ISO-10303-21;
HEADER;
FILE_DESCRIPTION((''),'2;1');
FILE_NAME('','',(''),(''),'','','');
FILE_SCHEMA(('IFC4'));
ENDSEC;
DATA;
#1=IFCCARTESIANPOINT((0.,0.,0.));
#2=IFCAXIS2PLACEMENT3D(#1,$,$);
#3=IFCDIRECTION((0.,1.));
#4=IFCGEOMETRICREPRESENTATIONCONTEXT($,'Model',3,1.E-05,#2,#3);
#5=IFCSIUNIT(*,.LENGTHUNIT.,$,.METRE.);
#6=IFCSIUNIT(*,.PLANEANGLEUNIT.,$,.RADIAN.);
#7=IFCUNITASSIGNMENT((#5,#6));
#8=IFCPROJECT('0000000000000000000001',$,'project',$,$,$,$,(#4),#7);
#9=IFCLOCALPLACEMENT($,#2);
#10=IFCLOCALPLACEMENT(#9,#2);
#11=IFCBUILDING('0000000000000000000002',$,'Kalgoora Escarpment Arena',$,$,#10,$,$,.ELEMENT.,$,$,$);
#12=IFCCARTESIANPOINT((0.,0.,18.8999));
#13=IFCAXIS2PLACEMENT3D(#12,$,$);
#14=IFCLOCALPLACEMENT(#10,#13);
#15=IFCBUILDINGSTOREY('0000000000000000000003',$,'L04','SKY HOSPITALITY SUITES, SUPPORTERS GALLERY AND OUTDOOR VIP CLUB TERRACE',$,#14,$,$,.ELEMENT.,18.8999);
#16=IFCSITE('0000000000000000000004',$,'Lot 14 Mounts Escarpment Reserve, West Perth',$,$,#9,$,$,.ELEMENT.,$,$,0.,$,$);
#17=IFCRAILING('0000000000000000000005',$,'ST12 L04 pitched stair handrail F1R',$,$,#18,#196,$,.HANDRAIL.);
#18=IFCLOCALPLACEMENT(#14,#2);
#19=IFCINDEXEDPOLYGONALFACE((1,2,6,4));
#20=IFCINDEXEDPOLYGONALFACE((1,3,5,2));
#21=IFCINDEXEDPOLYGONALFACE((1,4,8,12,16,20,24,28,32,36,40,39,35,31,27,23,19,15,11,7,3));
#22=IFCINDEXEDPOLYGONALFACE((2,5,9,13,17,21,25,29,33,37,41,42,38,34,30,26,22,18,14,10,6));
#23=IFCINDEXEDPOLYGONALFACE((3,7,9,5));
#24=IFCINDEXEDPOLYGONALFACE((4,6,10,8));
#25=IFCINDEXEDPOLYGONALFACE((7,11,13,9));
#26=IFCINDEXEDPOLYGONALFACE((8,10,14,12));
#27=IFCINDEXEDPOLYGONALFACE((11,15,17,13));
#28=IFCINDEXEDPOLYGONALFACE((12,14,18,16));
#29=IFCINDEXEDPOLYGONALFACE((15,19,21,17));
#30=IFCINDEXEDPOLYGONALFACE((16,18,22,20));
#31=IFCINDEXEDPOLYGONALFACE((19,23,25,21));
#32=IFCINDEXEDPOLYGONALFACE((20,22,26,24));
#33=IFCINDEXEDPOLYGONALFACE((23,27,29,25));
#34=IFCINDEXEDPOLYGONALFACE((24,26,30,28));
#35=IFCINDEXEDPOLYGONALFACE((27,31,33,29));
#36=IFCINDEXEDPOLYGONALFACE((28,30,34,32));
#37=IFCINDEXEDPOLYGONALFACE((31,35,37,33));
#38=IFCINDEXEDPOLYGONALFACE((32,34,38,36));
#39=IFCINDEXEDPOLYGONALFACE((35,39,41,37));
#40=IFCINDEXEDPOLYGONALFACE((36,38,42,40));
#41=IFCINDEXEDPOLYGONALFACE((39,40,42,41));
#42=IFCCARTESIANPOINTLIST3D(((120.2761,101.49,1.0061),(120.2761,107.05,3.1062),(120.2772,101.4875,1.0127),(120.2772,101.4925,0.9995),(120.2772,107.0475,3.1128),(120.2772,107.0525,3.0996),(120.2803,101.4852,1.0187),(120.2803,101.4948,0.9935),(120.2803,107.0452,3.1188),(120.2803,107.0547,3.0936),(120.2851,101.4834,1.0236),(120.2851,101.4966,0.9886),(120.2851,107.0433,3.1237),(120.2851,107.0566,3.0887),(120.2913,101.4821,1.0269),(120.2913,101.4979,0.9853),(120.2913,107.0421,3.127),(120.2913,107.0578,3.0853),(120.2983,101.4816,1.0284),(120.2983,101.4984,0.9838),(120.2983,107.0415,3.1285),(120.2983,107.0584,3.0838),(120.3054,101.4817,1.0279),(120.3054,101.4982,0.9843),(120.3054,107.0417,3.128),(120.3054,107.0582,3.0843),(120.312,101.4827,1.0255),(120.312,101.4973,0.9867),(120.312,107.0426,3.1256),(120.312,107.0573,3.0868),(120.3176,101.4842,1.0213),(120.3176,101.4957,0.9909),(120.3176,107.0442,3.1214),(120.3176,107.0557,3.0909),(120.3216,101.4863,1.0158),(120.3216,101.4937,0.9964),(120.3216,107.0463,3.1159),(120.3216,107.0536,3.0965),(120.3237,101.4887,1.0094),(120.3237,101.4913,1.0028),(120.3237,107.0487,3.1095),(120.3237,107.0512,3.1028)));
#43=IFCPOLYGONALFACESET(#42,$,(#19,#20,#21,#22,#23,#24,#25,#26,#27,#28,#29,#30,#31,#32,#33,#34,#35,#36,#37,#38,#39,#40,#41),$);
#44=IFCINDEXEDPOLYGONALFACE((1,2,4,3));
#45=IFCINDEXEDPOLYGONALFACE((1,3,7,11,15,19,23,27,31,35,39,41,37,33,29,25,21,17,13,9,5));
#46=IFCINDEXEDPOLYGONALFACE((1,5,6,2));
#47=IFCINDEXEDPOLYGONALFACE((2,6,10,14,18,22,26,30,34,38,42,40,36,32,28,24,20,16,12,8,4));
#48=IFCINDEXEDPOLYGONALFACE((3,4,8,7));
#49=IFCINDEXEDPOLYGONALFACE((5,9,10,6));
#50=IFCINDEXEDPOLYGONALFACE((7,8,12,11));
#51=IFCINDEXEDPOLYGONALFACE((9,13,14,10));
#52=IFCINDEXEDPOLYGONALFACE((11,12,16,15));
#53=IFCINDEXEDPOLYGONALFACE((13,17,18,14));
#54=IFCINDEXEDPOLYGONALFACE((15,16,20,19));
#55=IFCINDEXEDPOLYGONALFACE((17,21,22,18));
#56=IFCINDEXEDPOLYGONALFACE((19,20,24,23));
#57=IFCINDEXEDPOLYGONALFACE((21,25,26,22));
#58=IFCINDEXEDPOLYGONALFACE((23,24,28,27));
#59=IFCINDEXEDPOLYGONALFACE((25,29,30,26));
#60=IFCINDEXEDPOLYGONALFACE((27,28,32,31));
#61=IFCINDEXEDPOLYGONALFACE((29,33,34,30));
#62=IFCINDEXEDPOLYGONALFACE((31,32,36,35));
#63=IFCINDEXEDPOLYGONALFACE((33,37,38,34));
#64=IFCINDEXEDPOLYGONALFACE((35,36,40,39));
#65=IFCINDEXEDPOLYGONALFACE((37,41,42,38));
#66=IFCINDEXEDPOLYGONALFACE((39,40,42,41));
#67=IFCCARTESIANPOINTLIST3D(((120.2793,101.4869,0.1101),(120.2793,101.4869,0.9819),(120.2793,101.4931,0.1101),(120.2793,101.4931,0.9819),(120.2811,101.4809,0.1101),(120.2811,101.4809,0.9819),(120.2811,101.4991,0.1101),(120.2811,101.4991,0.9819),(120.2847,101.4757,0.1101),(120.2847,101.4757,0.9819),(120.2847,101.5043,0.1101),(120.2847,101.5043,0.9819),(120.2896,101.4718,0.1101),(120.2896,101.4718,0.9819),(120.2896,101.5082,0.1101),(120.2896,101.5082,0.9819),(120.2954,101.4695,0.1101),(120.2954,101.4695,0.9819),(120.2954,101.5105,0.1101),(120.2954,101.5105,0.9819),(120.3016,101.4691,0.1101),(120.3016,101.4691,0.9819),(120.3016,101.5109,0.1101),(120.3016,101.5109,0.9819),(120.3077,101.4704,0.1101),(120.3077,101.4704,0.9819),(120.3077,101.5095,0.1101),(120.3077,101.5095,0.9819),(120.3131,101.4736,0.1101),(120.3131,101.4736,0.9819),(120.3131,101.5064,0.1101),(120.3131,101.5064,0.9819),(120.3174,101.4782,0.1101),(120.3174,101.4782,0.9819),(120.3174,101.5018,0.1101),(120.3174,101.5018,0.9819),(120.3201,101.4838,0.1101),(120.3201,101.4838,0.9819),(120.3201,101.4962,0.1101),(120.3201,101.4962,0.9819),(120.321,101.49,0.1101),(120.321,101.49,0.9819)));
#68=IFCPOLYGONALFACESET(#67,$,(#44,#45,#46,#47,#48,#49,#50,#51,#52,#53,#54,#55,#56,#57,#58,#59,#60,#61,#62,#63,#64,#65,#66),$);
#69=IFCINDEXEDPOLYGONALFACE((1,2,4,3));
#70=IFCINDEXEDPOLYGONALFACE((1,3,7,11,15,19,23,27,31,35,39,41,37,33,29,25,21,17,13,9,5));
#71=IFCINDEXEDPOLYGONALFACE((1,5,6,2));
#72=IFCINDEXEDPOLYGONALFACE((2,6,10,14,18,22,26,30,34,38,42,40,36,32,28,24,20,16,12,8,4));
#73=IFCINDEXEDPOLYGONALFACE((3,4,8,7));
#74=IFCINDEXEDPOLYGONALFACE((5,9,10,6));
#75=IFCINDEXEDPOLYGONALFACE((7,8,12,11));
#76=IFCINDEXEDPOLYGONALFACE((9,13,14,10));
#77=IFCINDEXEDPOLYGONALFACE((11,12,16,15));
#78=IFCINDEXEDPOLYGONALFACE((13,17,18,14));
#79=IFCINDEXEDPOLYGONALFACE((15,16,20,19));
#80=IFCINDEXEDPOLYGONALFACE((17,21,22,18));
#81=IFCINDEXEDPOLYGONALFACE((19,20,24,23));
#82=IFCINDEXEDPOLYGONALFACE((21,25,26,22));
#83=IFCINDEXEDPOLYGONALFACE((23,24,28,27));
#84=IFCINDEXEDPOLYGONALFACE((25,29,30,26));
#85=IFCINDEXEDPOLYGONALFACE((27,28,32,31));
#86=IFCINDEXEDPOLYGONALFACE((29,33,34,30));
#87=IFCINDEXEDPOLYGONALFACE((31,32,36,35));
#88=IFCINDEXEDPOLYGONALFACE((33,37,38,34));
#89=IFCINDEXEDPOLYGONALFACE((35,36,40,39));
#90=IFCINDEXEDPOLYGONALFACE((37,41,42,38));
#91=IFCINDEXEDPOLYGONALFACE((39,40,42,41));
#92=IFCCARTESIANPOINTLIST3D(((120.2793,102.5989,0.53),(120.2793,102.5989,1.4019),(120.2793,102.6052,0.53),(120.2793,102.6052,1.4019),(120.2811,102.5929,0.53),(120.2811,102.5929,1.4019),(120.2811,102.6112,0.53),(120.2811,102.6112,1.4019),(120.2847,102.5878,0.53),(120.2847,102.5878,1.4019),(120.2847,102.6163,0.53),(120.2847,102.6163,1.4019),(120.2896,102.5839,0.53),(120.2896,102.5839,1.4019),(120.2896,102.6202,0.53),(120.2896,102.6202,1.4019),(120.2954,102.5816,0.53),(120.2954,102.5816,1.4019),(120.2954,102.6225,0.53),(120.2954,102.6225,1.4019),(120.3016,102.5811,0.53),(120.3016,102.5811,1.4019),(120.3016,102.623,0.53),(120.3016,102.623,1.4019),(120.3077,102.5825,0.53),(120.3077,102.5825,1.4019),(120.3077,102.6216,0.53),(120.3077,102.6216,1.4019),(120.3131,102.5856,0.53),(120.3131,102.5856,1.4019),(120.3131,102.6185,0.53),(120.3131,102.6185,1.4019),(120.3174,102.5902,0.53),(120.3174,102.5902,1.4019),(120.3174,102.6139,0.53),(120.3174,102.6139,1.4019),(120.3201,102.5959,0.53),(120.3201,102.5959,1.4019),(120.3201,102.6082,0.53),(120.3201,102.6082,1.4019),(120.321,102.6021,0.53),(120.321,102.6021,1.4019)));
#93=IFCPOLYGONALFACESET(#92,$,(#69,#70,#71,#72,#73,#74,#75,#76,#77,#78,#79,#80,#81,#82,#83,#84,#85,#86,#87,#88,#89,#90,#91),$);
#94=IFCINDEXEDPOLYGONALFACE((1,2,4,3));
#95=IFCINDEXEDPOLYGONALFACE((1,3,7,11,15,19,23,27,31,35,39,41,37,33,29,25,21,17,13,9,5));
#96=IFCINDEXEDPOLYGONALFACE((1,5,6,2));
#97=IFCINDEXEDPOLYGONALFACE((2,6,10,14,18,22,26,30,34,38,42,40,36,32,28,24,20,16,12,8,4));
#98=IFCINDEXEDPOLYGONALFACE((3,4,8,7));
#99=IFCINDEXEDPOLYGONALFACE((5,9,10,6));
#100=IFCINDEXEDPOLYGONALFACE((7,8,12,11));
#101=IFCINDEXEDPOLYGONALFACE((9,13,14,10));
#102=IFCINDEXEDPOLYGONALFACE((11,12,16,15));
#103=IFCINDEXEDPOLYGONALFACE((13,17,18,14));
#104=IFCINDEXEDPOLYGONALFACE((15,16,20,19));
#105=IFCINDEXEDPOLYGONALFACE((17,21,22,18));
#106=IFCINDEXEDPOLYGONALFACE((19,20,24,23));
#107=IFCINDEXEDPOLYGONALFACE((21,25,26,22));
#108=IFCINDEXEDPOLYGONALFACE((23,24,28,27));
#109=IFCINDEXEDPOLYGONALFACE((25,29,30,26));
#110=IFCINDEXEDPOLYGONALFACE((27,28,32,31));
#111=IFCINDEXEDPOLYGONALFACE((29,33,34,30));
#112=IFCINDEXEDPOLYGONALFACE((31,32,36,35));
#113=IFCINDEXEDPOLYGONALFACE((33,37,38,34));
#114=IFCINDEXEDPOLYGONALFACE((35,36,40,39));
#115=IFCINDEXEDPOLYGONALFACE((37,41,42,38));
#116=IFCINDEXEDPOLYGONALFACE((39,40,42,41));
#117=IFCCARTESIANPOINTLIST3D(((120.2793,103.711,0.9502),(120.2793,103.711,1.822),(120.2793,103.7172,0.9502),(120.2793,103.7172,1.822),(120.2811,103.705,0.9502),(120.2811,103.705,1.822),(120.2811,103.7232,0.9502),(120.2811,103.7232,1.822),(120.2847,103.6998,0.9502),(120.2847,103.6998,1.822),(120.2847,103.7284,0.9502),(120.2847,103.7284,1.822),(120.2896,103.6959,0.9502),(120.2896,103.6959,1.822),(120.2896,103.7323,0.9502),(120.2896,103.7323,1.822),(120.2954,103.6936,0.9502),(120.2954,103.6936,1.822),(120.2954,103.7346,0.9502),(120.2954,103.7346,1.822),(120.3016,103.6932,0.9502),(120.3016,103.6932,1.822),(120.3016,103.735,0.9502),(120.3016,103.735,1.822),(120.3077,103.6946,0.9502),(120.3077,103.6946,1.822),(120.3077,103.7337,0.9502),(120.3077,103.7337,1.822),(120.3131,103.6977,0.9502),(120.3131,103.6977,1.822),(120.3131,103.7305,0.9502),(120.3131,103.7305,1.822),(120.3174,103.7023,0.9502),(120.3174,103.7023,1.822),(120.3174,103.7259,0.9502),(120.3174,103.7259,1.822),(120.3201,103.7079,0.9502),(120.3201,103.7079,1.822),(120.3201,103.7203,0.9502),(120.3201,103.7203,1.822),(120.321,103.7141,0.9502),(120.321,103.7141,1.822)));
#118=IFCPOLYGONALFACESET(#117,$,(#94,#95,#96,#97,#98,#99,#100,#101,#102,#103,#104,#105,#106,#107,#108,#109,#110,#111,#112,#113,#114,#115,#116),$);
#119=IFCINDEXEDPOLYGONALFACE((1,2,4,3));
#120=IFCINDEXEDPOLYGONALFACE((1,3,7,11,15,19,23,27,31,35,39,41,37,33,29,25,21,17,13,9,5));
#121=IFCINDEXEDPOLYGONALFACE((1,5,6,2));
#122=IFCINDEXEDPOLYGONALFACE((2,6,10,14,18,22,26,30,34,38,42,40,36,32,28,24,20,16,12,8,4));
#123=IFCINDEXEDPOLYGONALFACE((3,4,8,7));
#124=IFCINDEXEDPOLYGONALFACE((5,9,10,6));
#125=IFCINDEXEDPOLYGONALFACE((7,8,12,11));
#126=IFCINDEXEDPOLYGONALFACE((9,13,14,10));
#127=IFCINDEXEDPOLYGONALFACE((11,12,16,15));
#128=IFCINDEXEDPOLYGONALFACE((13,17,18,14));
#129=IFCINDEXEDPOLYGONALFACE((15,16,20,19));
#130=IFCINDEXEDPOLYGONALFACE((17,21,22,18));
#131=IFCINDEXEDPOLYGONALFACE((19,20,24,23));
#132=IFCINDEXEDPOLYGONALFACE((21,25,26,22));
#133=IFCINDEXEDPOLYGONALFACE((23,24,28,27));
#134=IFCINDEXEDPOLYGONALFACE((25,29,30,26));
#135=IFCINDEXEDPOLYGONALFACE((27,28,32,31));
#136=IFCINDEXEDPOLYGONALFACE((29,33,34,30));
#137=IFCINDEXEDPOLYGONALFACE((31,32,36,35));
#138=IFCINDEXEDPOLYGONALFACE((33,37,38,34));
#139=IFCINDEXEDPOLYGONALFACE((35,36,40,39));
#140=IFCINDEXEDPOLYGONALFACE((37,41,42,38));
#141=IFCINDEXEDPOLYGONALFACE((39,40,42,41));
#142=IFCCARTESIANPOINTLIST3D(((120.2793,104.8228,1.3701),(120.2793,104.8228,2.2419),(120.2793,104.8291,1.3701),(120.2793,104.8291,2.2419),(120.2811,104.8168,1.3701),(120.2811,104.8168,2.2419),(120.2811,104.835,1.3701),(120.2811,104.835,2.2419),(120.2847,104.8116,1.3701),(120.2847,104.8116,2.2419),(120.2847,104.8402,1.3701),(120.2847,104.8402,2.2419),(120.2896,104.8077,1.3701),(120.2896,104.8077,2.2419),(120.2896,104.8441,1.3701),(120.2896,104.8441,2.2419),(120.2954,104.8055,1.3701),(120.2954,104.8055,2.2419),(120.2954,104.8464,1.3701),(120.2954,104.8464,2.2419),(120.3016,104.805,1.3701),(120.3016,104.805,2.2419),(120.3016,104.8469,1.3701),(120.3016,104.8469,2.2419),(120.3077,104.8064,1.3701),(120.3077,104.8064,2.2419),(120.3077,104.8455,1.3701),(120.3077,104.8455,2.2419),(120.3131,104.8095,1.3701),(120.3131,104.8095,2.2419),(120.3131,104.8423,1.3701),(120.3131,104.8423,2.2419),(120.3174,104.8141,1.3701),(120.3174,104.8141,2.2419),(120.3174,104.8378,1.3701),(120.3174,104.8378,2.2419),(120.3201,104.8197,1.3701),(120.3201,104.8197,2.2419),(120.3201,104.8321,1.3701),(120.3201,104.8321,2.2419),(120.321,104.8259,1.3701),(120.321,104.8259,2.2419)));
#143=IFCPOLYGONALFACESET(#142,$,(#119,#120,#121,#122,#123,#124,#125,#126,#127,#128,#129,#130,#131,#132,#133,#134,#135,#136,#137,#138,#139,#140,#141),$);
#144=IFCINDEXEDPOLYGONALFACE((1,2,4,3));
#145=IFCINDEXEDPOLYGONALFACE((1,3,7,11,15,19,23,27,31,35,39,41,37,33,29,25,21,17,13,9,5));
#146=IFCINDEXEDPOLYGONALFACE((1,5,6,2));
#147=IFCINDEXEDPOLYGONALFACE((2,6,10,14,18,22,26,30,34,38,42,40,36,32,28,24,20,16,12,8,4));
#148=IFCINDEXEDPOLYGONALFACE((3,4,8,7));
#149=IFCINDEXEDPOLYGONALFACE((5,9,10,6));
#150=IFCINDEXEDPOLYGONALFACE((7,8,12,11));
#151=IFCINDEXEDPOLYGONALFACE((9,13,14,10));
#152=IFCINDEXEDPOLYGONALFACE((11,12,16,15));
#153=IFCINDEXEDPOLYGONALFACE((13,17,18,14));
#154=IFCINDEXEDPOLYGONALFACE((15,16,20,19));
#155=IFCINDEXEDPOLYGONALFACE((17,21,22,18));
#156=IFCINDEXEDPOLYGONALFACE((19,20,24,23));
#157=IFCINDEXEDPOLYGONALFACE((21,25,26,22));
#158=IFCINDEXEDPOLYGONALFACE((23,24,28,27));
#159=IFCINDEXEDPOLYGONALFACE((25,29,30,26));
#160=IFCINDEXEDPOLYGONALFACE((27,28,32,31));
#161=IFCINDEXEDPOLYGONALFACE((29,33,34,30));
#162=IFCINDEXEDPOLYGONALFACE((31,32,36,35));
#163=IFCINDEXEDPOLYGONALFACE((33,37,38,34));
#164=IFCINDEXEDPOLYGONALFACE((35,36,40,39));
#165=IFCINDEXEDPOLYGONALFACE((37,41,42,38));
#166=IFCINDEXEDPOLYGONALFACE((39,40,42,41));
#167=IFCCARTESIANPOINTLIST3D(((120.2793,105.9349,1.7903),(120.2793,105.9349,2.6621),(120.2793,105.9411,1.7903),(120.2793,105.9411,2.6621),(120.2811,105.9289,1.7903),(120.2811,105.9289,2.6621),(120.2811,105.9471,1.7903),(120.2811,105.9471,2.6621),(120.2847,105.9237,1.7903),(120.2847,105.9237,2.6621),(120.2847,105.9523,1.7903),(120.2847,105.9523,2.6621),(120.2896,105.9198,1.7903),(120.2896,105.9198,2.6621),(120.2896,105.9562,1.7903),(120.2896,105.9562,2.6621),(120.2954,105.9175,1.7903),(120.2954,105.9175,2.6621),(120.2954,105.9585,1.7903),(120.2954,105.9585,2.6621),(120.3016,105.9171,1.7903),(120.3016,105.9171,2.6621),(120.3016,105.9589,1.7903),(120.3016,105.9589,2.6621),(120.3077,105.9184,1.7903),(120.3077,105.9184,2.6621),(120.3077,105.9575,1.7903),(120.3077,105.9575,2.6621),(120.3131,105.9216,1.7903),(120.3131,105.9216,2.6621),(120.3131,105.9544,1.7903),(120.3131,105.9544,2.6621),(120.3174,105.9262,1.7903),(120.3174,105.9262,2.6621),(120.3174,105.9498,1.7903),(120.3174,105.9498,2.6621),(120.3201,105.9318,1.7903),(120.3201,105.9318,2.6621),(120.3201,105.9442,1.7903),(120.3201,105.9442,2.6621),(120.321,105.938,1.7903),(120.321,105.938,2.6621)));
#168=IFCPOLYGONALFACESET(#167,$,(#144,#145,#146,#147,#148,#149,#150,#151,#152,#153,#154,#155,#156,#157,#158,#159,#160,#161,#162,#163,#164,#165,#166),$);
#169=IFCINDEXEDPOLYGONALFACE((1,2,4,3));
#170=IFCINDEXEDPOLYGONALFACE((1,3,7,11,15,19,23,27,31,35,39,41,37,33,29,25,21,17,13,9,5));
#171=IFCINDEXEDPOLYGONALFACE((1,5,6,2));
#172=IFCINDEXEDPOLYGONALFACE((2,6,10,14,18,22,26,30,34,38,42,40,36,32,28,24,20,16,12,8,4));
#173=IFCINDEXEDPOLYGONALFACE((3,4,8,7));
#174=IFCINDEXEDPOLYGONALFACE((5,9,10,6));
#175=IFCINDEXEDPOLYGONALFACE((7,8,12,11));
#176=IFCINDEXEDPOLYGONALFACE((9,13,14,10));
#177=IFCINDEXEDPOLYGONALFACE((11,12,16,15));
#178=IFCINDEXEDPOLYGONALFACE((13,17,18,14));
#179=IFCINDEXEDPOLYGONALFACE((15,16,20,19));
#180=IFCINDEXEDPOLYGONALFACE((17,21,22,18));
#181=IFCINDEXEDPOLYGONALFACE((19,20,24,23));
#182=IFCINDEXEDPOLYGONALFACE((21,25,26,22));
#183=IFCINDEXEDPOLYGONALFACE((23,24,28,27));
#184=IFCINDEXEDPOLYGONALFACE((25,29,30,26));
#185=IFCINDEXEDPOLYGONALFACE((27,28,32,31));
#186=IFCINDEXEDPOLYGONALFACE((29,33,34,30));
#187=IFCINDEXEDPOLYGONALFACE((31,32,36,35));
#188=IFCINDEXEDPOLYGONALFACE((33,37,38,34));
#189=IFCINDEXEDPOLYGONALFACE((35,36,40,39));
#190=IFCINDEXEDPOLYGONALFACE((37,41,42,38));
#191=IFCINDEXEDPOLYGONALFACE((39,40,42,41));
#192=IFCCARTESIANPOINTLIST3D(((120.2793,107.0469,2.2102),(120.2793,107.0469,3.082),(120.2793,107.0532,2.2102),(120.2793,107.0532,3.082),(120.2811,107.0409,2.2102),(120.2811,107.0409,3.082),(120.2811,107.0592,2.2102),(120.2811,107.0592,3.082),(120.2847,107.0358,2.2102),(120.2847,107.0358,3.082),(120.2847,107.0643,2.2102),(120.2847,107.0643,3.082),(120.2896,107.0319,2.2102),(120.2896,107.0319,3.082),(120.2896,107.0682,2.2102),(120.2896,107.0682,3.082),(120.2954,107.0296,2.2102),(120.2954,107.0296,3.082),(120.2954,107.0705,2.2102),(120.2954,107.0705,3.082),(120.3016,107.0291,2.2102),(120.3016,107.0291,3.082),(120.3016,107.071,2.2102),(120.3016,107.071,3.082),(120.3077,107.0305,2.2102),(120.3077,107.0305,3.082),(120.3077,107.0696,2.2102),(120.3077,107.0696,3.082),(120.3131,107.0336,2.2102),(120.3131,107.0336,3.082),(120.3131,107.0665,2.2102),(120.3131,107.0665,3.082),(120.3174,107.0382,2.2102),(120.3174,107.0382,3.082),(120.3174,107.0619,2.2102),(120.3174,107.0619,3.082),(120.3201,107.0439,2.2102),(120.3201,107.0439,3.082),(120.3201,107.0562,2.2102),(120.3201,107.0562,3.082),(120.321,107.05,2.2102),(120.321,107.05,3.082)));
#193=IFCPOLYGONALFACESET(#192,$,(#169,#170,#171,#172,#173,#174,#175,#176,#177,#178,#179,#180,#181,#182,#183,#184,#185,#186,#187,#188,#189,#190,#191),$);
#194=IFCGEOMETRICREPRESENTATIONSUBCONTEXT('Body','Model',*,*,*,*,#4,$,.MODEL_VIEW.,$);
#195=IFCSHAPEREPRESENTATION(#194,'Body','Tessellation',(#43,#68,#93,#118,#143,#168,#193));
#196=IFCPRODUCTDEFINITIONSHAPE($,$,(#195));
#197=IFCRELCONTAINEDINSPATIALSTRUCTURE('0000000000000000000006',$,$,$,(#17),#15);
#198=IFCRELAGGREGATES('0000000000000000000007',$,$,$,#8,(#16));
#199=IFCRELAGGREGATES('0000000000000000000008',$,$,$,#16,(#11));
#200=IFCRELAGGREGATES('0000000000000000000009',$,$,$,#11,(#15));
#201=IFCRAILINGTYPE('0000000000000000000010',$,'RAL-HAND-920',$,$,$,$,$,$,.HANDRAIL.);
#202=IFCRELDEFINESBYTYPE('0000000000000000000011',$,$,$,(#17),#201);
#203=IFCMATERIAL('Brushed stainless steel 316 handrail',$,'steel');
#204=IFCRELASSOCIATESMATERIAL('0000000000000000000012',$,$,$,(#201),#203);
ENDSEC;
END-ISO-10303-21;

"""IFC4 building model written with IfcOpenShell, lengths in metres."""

from ifc_helpers import new_model, si_unit, direction, frame, origin, origin_2d, place, context, subcontext, project, spatial, circle, extrude, material, type_object, element, save


model = new_model("IFC4")

# Units and contexts
model_context = context("Model", 3, precision=1e-05, world=origin(), true_north=direction((0.0, 1.0)))
body_context = subcontext(model_context, "Body", "Model", "MODEL_VIEW")
ifc_project = project(units=[si_unit("LENGTHUNIT", "METRE"), si_unit("PLANEANGLEUNIT", "RADIAN")], contexts=[model_context])

# Site, building, storey
site_placement = place(None, origin())
site = spatial("IfcSite", under=ifc_project, at=site_placement, Name="Lot 14 Mounts Escarpment Reserve, West Perth", CompositionType="ELEMENT", RefElevation=0.0)
building_placement = place(site_placement, origin())
building = spatial("IfcBuilding", under=site, at=building_placement, Name="Kalgoora Escarpment Arena", CompositionType="ELEMENT")
storey_placement = place(building_placement, frame((0.0, 0.0, 18.8999)))
storey = spatial("IfcBuildingStorey", under=building, at=storey_placement, Name="L04", Description="SKY HOSPITALITY SUITES, SUPPORTERS GALLERY AND OUTDOOR VIP CLUB TERRACE", CompositionType="ELEMENT", Elevation=18.8999)

# Railing
ifc_material_1 = material(Name="Brushed stainless steel 316 handrail", Category="steel")
railing_type_1 = type_object("IfcRailingType", Name="RAL-HAND-920", PredefinedType="HANDRAIL", material=ifc_material_1)
railing_1_placement = place(storey_placement, frame((120.3, 101.49, 0.1101)))
element("IfcRailing", 1, at=railing_1_placement, inside=storey, type_object=railing_type_1, Name="ST12 L04 pitched stair handrail F1R", PredefinedType="HANDRAIL", context=body_context, shape_type="SweptSolid", body=[
    extrude(circle(Radius=0.0239, at=origin_2d()), frame((0.0, 0.0, 0.896), z_axis=(0.0, 0.935493, 0.353346), x_axis=(-1.0, 0.0, 0.0)), (0.0, 0.0, 1.0), 5.9434),
    extrude(circle(Radius=0.021, at=origin_2d()), origin(), (0.0, 0.0, 1.0), 0.8718),
    extrude(circle(Radius=0.021, at=origin_2d()), frame((0.0, 1.1121, 0.4199)), (0.0, 0.0, 1.0), 0.8718),
    extrude(circle(Radius=0.021, at=origin_2d()), frame((0.0, 2.2241, 0.8401)), (0.0, 0.0, 1.0), 0.8718),
    extrude(circle(Radius=0.021, at=origin_2d()), frame((0.0, 3.3359, 1.26)), (0.0, 0.0, 1.0), 0.8718),
    extrude(circle(Radius=0.021, at=origin_2d()), frame((0.0, 4.448, 1.6802)), (0.0, 0.0, 1.0), 0.8718),
    extrude(circle(Radius=0.021, at=origin_2d()), frame((0.0, 5.5601, 2.1001)), (0.0, 0.0, 1.0), 0.8718),
])

save(model, "model.ifc")
